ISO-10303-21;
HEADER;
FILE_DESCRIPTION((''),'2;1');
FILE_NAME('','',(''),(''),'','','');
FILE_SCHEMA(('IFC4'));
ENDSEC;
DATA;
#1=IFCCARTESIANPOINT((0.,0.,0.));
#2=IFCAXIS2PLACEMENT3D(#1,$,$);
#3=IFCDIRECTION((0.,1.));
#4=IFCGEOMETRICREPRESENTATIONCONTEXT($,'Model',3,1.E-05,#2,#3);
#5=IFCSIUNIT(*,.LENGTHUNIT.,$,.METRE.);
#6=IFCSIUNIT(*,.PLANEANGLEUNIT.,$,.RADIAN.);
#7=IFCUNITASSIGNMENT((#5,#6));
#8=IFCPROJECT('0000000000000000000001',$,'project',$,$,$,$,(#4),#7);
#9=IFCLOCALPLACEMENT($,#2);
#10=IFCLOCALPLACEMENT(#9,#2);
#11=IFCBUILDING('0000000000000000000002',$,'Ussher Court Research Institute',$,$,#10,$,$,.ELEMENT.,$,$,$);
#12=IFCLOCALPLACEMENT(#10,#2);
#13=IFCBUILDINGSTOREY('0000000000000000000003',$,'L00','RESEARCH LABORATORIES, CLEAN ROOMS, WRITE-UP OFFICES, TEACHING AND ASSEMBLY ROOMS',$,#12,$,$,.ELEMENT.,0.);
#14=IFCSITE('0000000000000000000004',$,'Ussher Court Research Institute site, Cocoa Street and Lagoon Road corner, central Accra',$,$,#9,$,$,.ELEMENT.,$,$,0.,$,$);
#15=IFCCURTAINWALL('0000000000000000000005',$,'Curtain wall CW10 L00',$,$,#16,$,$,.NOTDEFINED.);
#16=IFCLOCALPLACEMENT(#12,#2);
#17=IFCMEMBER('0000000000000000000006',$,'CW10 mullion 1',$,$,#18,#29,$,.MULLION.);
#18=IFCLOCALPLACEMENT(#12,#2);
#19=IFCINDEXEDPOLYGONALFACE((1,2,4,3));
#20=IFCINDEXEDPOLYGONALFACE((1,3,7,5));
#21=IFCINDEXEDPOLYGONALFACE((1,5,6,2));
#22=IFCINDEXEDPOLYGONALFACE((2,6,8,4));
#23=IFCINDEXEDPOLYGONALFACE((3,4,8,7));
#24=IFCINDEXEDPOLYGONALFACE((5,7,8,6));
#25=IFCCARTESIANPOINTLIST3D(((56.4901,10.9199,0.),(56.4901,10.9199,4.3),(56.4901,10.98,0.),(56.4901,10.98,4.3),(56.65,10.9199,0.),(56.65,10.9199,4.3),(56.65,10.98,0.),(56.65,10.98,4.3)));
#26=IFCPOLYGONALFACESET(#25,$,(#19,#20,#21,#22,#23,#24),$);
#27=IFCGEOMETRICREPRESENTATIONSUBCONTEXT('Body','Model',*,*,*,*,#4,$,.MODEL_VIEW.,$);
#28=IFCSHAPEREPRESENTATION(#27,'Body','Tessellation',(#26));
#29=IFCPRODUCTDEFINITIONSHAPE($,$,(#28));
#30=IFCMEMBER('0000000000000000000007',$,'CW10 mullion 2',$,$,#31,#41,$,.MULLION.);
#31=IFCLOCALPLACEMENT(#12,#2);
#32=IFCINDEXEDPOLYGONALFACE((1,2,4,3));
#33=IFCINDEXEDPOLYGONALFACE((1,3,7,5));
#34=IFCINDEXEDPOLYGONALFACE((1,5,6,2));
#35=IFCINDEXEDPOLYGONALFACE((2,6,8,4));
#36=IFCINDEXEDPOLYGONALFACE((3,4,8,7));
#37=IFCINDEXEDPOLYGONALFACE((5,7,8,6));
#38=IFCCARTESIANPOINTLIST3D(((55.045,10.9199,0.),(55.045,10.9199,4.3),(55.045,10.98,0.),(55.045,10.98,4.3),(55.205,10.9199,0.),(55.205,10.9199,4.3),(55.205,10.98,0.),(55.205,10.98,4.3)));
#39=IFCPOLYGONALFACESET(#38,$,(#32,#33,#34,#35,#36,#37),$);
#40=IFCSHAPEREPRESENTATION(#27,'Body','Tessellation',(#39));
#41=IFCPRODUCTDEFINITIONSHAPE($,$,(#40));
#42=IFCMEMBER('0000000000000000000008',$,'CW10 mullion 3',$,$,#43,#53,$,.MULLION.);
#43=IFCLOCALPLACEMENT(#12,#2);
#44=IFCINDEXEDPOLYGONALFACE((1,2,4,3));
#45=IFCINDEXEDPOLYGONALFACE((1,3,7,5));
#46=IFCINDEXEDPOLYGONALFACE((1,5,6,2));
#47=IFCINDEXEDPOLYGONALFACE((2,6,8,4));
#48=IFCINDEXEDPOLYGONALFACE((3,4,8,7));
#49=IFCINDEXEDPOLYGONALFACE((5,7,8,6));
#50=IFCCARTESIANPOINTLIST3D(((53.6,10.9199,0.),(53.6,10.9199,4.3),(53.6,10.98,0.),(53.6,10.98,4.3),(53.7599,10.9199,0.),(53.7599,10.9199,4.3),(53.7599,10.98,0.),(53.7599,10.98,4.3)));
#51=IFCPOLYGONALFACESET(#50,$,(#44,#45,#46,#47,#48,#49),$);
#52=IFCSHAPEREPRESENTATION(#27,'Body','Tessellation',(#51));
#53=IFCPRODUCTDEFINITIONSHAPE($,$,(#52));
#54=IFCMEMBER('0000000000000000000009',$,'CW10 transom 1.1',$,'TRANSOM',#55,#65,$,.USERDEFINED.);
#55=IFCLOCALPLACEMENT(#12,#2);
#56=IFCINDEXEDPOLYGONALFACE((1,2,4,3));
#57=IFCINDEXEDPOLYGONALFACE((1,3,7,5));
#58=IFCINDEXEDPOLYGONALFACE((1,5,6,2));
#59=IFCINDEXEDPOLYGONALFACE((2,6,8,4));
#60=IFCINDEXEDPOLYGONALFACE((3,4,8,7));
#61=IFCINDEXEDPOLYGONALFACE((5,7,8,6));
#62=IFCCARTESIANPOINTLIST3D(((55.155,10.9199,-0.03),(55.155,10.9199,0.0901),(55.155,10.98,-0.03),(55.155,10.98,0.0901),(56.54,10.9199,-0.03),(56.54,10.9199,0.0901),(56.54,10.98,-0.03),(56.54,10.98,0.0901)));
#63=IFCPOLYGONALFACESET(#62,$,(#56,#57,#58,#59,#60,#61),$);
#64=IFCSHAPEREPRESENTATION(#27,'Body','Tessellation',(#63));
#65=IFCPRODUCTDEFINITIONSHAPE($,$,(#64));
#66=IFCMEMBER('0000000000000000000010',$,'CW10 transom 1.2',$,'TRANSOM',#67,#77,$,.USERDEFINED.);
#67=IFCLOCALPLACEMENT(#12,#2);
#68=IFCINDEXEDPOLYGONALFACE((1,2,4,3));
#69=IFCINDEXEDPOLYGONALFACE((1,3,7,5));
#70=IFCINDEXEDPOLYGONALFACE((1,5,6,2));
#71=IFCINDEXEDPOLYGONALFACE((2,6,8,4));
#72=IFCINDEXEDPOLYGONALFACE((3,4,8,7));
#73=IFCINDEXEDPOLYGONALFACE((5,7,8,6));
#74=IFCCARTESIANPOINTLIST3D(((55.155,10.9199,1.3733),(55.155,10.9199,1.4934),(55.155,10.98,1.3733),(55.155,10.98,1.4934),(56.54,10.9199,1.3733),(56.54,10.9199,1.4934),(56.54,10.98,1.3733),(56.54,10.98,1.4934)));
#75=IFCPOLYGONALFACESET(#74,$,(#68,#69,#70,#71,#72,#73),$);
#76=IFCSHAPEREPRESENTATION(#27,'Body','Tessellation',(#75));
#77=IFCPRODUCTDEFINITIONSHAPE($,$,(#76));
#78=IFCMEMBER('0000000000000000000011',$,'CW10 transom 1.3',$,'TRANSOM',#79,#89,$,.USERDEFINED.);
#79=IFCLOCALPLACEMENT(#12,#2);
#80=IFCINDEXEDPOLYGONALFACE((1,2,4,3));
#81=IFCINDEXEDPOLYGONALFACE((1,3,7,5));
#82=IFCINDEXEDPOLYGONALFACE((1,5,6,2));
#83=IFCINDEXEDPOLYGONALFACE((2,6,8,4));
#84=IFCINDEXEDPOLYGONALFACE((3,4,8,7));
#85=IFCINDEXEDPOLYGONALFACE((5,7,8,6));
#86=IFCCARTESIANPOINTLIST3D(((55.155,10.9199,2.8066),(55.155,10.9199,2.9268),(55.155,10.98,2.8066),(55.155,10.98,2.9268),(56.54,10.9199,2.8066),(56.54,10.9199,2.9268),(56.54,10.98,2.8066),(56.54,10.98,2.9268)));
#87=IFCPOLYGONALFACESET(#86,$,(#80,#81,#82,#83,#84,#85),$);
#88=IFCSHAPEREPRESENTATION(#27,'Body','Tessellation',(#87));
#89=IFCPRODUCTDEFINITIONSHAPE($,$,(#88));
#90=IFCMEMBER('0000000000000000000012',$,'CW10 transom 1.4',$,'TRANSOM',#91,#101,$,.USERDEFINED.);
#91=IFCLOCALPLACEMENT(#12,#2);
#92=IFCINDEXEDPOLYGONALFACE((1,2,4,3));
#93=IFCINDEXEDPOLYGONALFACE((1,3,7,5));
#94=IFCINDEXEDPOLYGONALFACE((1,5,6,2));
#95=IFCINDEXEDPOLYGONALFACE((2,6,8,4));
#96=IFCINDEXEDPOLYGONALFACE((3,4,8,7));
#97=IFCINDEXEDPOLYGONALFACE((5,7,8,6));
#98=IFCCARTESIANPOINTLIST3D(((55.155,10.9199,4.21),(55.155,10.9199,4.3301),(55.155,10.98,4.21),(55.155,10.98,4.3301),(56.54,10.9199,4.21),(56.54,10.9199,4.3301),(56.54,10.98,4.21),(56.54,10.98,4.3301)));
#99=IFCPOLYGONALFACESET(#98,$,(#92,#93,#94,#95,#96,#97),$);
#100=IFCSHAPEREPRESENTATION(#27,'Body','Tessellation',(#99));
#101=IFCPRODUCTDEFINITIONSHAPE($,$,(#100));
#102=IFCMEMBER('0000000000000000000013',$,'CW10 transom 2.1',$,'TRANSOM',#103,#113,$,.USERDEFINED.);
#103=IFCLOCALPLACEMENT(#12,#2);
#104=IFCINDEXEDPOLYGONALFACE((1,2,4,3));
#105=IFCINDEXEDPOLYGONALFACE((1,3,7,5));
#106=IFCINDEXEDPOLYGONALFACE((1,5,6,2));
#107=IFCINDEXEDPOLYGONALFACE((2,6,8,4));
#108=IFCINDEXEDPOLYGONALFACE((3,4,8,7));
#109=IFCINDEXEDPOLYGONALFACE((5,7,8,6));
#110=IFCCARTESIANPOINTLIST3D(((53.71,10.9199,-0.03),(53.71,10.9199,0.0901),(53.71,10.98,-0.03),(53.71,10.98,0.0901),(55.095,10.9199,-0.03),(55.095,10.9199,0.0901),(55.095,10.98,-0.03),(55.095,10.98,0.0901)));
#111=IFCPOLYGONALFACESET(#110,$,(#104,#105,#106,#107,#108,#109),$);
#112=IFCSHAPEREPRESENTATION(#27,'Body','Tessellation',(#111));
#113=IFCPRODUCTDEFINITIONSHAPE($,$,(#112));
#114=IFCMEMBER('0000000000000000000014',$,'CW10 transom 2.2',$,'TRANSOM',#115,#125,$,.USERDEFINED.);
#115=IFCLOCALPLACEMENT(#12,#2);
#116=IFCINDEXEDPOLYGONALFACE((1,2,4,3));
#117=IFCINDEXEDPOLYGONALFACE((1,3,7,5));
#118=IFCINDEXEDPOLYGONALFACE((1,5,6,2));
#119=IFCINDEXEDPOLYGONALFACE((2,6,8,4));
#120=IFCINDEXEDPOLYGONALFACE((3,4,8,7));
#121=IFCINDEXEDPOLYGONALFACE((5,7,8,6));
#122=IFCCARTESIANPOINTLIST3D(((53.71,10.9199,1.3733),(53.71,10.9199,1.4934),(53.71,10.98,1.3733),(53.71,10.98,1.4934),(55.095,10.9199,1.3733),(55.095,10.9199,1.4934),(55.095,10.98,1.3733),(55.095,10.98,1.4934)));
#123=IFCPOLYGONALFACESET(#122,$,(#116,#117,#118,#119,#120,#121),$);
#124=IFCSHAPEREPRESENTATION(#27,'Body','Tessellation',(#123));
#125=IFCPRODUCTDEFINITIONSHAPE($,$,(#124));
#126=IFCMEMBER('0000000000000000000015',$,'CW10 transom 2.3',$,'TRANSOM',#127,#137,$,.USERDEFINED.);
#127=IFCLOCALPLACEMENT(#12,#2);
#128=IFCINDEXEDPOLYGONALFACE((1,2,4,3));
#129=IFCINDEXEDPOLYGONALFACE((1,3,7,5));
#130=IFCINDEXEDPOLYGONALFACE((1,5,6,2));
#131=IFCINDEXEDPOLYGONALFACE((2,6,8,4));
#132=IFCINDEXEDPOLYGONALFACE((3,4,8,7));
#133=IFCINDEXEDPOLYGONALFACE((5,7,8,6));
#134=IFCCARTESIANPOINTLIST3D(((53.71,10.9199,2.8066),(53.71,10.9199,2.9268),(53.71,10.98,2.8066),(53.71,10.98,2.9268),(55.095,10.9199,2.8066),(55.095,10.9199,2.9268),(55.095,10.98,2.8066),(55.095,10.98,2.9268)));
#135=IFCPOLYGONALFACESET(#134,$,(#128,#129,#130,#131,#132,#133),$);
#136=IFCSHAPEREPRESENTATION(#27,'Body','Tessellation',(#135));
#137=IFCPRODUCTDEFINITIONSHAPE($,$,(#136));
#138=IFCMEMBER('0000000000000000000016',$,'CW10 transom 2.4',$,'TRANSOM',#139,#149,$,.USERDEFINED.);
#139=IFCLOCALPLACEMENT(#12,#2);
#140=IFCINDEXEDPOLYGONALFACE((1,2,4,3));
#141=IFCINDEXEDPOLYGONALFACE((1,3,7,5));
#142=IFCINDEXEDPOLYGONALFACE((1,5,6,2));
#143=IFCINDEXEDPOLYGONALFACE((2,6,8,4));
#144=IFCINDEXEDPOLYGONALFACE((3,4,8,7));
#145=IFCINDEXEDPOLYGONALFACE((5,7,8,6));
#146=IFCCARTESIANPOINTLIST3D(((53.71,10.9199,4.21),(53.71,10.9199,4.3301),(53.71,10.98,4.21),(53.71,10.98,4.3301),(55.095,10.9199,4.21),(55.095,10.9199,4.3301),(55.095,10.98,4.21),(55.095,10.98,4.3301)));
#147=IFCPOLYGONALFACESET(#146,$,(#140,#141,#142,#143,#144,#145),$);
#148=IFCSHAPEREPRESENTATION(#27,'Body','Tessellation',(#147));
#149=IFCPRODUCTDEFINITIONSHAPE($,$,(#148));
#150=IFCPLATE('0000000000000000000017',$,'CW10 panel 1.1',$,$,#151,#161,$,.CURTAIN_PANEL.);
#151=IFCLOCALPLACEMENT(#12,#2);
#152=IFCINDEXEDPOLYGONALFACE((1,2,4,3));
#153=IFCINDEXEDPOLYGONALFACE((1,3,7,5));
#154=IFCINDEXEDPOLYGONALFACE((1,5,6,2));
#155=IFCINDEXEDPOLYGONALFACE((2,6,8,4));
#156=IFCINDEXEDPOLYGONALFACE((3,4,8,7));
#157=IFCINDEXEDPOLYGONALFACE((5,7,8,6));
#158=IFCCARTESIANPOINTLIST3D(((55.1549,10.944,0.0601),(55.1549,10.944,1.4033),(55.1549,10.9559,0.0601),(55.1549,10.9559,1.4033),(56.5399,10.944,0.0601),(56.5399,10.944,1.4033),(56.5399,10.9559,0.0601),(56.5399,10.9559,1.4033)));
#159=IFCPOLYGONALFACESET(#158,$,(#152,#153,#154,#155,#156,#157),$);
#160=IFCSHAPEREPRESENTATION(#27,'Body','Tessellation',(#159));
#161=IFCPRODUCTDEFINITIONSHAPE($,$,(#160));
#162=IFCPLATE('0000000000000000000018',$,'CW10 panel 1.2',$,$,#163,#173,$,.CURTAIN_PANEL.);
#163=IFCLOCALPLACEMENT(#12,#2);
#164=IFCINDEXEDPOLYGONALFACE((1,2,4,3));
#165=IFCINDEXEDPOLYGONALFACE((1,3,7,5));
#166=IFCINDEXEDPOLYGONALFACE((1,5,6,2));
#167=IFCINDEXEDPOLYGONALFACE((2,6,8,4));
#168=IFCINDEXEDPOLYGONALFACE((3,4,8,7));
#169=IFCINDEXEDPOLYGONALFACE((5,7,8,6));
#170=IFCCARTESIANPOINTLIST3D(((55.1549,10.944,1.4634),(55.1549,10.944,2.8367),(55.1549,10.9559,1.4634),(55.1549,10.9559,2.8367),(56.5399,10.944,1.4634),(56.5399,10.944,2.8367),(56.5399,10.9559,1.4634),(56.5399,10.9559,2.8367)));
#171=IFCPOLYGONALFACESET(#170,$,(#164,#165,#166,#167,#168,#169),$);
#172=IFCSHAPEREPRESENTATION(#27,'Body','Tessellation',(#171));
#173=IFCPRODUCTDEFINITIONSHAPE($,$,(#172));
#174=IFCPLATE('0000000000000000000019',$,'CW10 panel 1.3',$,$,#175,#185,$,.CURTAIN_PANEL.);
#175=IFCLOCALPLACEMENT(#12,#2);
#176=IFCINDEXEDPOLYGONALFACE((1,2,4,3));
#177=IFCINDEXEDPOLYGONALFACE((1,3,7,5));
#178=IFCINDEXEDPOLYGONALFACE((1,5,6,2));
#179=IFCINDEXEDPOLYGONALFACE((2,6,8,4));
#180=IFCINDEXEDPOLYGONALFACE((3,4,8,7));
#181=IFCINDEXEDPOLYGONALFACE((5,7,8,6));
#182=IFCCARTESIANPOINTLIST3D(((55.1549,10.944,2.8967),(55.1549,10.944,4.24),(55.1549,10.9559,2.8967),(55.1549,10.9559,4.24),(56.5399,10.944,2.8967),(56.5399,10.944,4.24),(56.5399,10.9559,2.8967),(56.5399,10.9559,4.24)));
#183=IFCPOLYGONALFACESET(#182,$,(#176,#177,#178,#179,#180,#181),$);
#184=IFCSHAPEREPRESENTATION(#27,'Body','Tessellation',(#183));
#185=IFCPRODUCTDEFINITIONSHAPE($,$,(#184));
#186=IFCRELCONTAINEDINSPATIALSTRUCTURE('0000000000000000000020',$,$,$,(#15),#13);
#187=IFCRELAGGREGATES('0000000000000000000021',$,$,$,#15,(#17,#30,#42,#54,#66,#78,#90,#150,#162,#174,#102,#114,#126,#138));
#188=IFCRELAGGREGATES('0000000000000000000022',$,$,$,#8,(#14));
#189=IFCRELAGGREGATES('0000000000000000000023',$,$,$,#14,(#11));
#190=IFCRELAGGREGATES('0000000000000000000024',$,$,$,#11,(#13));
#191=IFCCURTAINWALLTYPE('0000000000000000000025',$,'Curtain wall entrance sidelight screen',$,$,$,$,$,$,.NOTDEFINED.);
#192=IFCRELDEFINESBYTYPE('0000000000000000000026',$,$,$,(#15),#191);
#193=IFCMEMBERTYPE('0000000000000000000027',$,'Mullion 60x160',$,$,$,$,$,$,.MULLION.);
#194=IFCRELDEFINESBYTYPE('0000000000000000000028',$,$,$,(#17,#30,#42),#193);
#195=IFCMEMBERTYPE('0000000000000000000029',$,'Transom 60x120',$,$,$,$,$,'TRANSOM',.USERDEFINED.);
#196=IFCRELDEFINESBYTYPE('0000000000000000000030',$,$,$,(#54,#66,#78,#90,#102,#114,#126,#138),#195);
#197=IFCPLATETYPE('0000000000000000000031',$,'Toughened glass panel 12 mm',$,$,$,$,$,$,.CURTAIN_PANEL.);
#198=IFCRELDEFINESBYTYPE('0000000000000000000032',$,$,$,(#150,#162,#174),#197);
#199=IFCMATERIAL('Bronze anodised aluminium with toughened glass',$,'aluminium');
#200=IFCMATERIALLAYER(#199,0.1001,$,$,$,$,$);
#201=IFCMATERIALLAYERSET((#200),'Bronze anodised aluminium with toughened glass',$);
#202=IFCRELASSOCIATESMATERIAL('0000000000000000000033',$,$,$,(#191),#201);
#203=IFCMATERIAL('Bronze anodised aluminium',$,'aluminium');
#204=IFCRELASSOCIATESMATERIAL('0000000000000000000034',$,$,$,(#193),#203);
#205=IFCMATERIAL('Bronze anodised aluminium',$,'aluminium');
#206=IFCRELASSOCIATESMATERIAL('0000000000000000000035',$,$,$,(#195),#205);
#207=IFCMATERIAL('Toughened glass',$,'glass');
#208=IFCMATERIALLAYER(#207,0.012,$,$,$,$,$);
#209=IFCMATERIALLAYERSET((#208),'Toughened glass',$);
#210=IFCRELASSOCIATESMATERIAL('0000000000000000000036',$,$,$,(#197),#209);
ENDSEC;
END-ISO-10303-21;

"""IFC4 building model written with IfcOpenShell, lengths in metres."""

from ifc_helpers import new_model, si_unit, direction, frame, origin, origin_2d, place, context, subcontext, project, spatial, rectangle, extrude, material, layer, layer_set, material_profile, profile_set, type_object, element, aggregate, save


model = new_model("IFC4")

# Units and contexts
model_context = context("Model", 3, precision=1e-05, world=origin(), true_north=direction((0.0, 1.0)))
body_context = subcontext(model_context, "Body", "Model", "MODEL_VIEW")
ifc_project = project(units=[si_unit("LENGTHUNIT", "METRE"), si_unit("PLANEANGLEUNIT", "RADIAN")], contexts=[model_context])

# Site, building, storey
site_placement = place(None, origin())
site = spatial("IfcSite", under=ifc_project, at=site_placement, Name="Ussher Court Research Institute site, Cocoa Street and Lagoon Road corner, central Accra", CompositionType="ELEMENT", RefElevation=0.0)
building_placement = place(site_placement, origin())
building = spatial("IfcBuilding", under=site, at=building_placement, Name="Ussher Court Research Institute", CompositionType="ELEMENT")
storey_placement = place(building_placement, origin())
storey = spatial("IfcBuildingStorey", under=building, at=storey_placement, Name="L00", Description="RESEARCH LABORATORIES, CLEAN ROOMS, WRITE-UP OFFICES, TEACHING AND ASSEMBLY ROOMS", CompositionType="ELEMENT", Elevation=0.0)

# Curtain wall, members, plates
ifc_material_1 = material(Name="Bronze anodised aluminium with toughened glass", Category="aluminium")
ifc_layer_1 = layer(ifc_material_1, 0.1001)
ifc_layer_set_1 = layer_set([ifc_layer_1], Name="Bronze anodised aluminium with toughened glass")
curtain_wall_type = type_object("IfcCurtainWallType", Name="Curtain wall entrance sidelight screen", PredefinedType="NOTDEFINED", material=ifc_layer_set_1)
curtain_wall_placement = place(storey_placement, origin())
curtain_wall = element("IfcCurtainWall", 1, at=curtain_wall_placement, inside=storey, type_object=curtain_wall_type, Name="Curtain wall CW10 L00", PredefinedType="NOTDEFINED")
ifc_material_2 = material(Name="Bronze anodised aluminium", Category="aluminium")
ifc_material_profile_1 = material_profile(ifc_material_2, rectangle(XDim=0.0601, YDim=0.1599, at=origin_2d()), Name="Mullion 60x160")
ifc_profile_set_1 = profile_set([ifc_material_profile_1], Name="Bronze anodised aluminium")
member_type_1 = type_object("IfcMemberType", Name="Mullion 60x160", PredefinedType="MULLION", material=ifc_profile_set_1)
member_1_placement = place(storey_placement, frame((56.5701, 10.95, 0.0), z_axis=(0.0, 0.0, 1.0), x_axis=(0.0, -1.0, 0.0)))
member_1 = element("IfcMember", 2, at=member_1_placement, type_object=member_type_1, Name="CW10 mullion 1", PredefinedType="MULLION", context=body_context, shape_type="SweptSolid", body=[
    extrude(rectangle(XDim=0.0601, YDim=0.1599, at=origin_2d()), origin(), (0.0, 0.0, 1.0), 4.3),
])
member_2_placement = place(storey_placement, frame((55.125, 10.95, 0.0), z_axis=(0.0, 0.0, 1.0), x_axis=(0.0, -1.0, 0.0)))
member_2 = element("IfcMember", 3, at=member_2_placement, type_object=member_type_1, Name="CW10 mullion 2", PredefinedType="MULLION", context=body_context, shape_type="SweptSolid", body=[
    extrude(rectangle(XDim=0.0601, YDim=0.1599, at=origin_2d()), origin(), (0.0, 0.0, 1.0), 4.3),
])
member_3_placement = place(storey_placement, frame((53.6799, 10.95, 0.0), z_axis=(0.0, 0.0, 1.0), x_axis=(0.0, -1.0, 0.0)))
member_3 = element("IfcMember", 4, at=member_3_placement, type_object=member_type_1, Name="CW10 mullion 3", PredefinedType="MULLION", context=body_context, shape_type="SweptSolid", body=[
    extrude(rectangle(XDim=0.0601, YDim=0.1599, at=origin_2d()), origin(), (0.0, 0.0, 1.0), 4.3),
])
ifc_material_3 = material(Name="Bronze anodised aluminium", Category="aluminium")
ifc_material_profile_2 = material_profile(ifc_material_3, rectangle(XDim=0.0601, YDim=0.1201, at=origin_2d()), Name="Transom 60x120")
ifc_profile_set_2 = profile_set([ifc_material_profile_2], Name="Bronze anodised aluminium")
member_type_2 = type_object("IfcMemberType", Name="Transom 60x120", ElementType="TRANSOM", PredefinedType="USERDEFINED", material=ifc_profile_set_2)
member_4_placement = place(storey_placement, frame((56.54, 10.95, 0.03), z_axis=(-1.0, 0.0, 0.0), x_axis=(0.0, -1.0, 0.0)))
member_4 = element("IfcMember", 5, at=member_4_placement, type_object=member_type_2, Name="CW10 transom 1.1", ObjectType="TRANSOM", PredefinedType="USERDEFINED", context=body_context, shape_type="SweptSolid", body=[
    extrude(rectangle(XDim=0.0601, YDim=0.1201, at=origin_2d()), origin(), (0.0, 0.0, 1.0), 1.385),
])
member_5_placement = place(storey_placement, frame((56.54, 10.95, 1.4333), z_axis=(-1.0, 0.0, 0.0), x_axis=(0.0, -1.0, 0.0)))
member_5 = element("IfcMember", 6, at=member_5_placement, type_object=member_type_2, Name="CW10 transom 1.2", ObjectType="TRANSOM", PredefinedType="USERDEFINED", context=body_context, shape_type="SweptSolid", body=[
    extrude(rectangle(XDim=0.0601, YDim=0.1201, at=origin_2d()), origin(), (0.0, 0.0, 1.0), 1.385),
])
member_6_placement = place(storey_placement, frame((56.54, 10.95, 2.8667), z_axis=(-1.0, 0.0, 0.0), x_axis=(0.0, -1.0, 0.0)))
member_6 = element("IfcMember", 7, at=member_6_placement, type_object=member_type_2, Name="CW10 transom 1.3", ObjectType="TRANSOM", PredefinedType="USERDEFINED", context=body_context, shape_type="SweptSolid", body=[
    extrude(rectangle(XDim=0.0601, YDim=0.1201, at=origin_2d()), origin(), (0.0, 0.0, 1.0), 1.385),
])
member_7_placement = place(storey_placement, frame((56.54, 10.95, 4.27), z_axis=(-1.0, 0.0, 0.0), x_axis=(0.0, -1.0, 0.0)))
member_7 = element("IfcMember", 8, at=member_7_placement, type_object=member_type_2, Name="CW10 transom 1.4", ObjectType="TRANSOM", PredefinedType="USERDEFINED", context=body_context, shape_type="SweptSolid", body=[
    extrude(rectangle(XDim=0.0601, YDim=0.1201, at=origin_2d()), origin(), (0.0, 0.0, 1.0), 1.385),
])
member_8_placement = place(storey_placement, frame((55.095, 10.95, 0.03), z_axis=(-1.0, 0.0, 0.0), x_axis=(0.0, -1.0, 0.0)))
member_8 = element("IfcMember", 9, at=member_8_placement, type_object=member_type_2, Name="CW10 transom 2.1", ObjectType="TRANSOM", PredefinedType="USERDEFINED", context=body_context, shape_type="SweptSolid", body=[
    extrude(rectangle(XDim=0.0601, YDim=0.1201, at=origin_2d()), origin(), (0.0, 0.0, 1.0), 1.385),
])
member_9_placement = place(storey_placement, frame((55.095, 10.95, 1.4333), z_axis=(-1.0, 0.0, 0.0), x_axis=(0.0, -1.0, 0.0)))
member_9 = element("IfcMember", 10, at=member_9_placement, type_object=member_type_2, Name="CW10 transom 2.2", ObjectType="TRANSOM", PredefinedType="USERDEFINED", context=body_context, shape_type="SweptSolid", body=[
    extrude(rectangle(XDim=0.0601, YDim=0.1201, at=origin_2d()), origin(), (0.0, 0.0, 1.0), 1.385),
])
member_10_placement = place(storey_placement, frame((55.095, 10.95, 2.8667), z_axis=(-1.0, 0.0, 0.0), x_axis=(0.0, -1.0, 0.0)))
member_10 = element("IfcMember", 11, at=member_10_placement, type_object=member_type_2, Name="CW10 transom 2.3", ObjectType="TRANSOM", PredefinedType="USERDEFINED", context=body_context, shape_type="SweptSolid", body=[
    extrude(rectangle(XDim=0.0601, YDim=0.1201, at=origin_2d()), origin(), (0.0, 0.0, 1.0), 1.385),
])
member_11_placement = place(storey_placement, frame((55.095, 10.95, 4.27), z_axis=(-1.0, 0.0, 0.0), x_axis=(0.0, -1.0, 0.0)))
member_11 = element("IfcMember", 12, at=member_11_placement, type_object=member_type_2, Name="CW10 transom 2.4", ObjectType="TRANSOM", PredefinedType="USERDEFINED", context=body_context, shape_type="SweptSolid", body=[
    extrude(rectangle(XDim=0.0601, YDim=0.1201, at=origin_2d()), origin(), (0.0, 0.0, 1.0), 1.385),
])
ifc_material_4 = material(Name="Toughened glass", Category="glass")
ifc_layer_2 = layer(ifc_material_4, 0.012)
ifc_layer_set_2 = layer_set([ifc_layer_2], Name="Toughened glass")
plate_type = type_object("IfcPlateType", Name="Toughened glass panel 12 mm", PredefinedType="CURTAIN_PANEL", material=ifc_layer_set_2)
plate_1_placement = place(storey_placement, frame((55.8474, 10.95, 0.0601), z_axis=(0.0, 0.0, 1.0), x_axis=(-1.0, 0.0, 0.0)))
plate_1 = element("IfcPlate", 13, at=plate_1_placement, type_object=plate_type, Name="CW10 panel 1.1", PredefinedType="CURTAIN_PANEL", context=body_context, shape_type="SweptSolid", body=[
    extrude(rectangle(XDim=1.385, YDim=0.012, at=origin_2d()), origin(), (0.0, 0.0, 1.0), 1.3433),
])
plate_2_placement = place(storey_placement, frame((55.8474, 10.95, 1.4634), z_axis=(0.0, 0.0, 1.0), x_axis=(-1.0, 0.0, 0.0)))
plate_2 = element("IfcPlate", 14, at=plate_2_placement, type_object=plate_type, Name="CW10 panel 1.2", PredefinedType="CURTAIN_PANEL", context=body_context, shape_type="SweptSolid", body=[
    extrude(rectangle(XDim=1.385, YDim=0.012, at=origin_2d()), origin(), (0.0, 0.0, 1.0), 1.3733),
])
plate_3_placement = place(storey_placement, frame((55.8474, 10.95, 2.8967), z_axis=(0.0, 0.0, 1.0), x_axis=(-1.0, 0.0, 0.0)))
plate_3 = element("IfcPlate", 15, at=plate_3_placement, type_object=plate_type, Name="CW10 panel 1.3", PredefinedType="CURTAIN_PANEL", context=body_context, shape_type="SweptSolid", body=[
    extrude(rectangle(XDim=1.385, YDim=0.012, at=origin_2d()), origin(), (0.0, 0.0, 1.0), 1.3433),
])
aggregate(curtain_wall, [member_1, member_2, member_3, member_4, member_5, member_6, member_7, plate_1, plate_2, plate_3, member_8, member_9, member_10, member_11])

save(model, "model.ifc")
